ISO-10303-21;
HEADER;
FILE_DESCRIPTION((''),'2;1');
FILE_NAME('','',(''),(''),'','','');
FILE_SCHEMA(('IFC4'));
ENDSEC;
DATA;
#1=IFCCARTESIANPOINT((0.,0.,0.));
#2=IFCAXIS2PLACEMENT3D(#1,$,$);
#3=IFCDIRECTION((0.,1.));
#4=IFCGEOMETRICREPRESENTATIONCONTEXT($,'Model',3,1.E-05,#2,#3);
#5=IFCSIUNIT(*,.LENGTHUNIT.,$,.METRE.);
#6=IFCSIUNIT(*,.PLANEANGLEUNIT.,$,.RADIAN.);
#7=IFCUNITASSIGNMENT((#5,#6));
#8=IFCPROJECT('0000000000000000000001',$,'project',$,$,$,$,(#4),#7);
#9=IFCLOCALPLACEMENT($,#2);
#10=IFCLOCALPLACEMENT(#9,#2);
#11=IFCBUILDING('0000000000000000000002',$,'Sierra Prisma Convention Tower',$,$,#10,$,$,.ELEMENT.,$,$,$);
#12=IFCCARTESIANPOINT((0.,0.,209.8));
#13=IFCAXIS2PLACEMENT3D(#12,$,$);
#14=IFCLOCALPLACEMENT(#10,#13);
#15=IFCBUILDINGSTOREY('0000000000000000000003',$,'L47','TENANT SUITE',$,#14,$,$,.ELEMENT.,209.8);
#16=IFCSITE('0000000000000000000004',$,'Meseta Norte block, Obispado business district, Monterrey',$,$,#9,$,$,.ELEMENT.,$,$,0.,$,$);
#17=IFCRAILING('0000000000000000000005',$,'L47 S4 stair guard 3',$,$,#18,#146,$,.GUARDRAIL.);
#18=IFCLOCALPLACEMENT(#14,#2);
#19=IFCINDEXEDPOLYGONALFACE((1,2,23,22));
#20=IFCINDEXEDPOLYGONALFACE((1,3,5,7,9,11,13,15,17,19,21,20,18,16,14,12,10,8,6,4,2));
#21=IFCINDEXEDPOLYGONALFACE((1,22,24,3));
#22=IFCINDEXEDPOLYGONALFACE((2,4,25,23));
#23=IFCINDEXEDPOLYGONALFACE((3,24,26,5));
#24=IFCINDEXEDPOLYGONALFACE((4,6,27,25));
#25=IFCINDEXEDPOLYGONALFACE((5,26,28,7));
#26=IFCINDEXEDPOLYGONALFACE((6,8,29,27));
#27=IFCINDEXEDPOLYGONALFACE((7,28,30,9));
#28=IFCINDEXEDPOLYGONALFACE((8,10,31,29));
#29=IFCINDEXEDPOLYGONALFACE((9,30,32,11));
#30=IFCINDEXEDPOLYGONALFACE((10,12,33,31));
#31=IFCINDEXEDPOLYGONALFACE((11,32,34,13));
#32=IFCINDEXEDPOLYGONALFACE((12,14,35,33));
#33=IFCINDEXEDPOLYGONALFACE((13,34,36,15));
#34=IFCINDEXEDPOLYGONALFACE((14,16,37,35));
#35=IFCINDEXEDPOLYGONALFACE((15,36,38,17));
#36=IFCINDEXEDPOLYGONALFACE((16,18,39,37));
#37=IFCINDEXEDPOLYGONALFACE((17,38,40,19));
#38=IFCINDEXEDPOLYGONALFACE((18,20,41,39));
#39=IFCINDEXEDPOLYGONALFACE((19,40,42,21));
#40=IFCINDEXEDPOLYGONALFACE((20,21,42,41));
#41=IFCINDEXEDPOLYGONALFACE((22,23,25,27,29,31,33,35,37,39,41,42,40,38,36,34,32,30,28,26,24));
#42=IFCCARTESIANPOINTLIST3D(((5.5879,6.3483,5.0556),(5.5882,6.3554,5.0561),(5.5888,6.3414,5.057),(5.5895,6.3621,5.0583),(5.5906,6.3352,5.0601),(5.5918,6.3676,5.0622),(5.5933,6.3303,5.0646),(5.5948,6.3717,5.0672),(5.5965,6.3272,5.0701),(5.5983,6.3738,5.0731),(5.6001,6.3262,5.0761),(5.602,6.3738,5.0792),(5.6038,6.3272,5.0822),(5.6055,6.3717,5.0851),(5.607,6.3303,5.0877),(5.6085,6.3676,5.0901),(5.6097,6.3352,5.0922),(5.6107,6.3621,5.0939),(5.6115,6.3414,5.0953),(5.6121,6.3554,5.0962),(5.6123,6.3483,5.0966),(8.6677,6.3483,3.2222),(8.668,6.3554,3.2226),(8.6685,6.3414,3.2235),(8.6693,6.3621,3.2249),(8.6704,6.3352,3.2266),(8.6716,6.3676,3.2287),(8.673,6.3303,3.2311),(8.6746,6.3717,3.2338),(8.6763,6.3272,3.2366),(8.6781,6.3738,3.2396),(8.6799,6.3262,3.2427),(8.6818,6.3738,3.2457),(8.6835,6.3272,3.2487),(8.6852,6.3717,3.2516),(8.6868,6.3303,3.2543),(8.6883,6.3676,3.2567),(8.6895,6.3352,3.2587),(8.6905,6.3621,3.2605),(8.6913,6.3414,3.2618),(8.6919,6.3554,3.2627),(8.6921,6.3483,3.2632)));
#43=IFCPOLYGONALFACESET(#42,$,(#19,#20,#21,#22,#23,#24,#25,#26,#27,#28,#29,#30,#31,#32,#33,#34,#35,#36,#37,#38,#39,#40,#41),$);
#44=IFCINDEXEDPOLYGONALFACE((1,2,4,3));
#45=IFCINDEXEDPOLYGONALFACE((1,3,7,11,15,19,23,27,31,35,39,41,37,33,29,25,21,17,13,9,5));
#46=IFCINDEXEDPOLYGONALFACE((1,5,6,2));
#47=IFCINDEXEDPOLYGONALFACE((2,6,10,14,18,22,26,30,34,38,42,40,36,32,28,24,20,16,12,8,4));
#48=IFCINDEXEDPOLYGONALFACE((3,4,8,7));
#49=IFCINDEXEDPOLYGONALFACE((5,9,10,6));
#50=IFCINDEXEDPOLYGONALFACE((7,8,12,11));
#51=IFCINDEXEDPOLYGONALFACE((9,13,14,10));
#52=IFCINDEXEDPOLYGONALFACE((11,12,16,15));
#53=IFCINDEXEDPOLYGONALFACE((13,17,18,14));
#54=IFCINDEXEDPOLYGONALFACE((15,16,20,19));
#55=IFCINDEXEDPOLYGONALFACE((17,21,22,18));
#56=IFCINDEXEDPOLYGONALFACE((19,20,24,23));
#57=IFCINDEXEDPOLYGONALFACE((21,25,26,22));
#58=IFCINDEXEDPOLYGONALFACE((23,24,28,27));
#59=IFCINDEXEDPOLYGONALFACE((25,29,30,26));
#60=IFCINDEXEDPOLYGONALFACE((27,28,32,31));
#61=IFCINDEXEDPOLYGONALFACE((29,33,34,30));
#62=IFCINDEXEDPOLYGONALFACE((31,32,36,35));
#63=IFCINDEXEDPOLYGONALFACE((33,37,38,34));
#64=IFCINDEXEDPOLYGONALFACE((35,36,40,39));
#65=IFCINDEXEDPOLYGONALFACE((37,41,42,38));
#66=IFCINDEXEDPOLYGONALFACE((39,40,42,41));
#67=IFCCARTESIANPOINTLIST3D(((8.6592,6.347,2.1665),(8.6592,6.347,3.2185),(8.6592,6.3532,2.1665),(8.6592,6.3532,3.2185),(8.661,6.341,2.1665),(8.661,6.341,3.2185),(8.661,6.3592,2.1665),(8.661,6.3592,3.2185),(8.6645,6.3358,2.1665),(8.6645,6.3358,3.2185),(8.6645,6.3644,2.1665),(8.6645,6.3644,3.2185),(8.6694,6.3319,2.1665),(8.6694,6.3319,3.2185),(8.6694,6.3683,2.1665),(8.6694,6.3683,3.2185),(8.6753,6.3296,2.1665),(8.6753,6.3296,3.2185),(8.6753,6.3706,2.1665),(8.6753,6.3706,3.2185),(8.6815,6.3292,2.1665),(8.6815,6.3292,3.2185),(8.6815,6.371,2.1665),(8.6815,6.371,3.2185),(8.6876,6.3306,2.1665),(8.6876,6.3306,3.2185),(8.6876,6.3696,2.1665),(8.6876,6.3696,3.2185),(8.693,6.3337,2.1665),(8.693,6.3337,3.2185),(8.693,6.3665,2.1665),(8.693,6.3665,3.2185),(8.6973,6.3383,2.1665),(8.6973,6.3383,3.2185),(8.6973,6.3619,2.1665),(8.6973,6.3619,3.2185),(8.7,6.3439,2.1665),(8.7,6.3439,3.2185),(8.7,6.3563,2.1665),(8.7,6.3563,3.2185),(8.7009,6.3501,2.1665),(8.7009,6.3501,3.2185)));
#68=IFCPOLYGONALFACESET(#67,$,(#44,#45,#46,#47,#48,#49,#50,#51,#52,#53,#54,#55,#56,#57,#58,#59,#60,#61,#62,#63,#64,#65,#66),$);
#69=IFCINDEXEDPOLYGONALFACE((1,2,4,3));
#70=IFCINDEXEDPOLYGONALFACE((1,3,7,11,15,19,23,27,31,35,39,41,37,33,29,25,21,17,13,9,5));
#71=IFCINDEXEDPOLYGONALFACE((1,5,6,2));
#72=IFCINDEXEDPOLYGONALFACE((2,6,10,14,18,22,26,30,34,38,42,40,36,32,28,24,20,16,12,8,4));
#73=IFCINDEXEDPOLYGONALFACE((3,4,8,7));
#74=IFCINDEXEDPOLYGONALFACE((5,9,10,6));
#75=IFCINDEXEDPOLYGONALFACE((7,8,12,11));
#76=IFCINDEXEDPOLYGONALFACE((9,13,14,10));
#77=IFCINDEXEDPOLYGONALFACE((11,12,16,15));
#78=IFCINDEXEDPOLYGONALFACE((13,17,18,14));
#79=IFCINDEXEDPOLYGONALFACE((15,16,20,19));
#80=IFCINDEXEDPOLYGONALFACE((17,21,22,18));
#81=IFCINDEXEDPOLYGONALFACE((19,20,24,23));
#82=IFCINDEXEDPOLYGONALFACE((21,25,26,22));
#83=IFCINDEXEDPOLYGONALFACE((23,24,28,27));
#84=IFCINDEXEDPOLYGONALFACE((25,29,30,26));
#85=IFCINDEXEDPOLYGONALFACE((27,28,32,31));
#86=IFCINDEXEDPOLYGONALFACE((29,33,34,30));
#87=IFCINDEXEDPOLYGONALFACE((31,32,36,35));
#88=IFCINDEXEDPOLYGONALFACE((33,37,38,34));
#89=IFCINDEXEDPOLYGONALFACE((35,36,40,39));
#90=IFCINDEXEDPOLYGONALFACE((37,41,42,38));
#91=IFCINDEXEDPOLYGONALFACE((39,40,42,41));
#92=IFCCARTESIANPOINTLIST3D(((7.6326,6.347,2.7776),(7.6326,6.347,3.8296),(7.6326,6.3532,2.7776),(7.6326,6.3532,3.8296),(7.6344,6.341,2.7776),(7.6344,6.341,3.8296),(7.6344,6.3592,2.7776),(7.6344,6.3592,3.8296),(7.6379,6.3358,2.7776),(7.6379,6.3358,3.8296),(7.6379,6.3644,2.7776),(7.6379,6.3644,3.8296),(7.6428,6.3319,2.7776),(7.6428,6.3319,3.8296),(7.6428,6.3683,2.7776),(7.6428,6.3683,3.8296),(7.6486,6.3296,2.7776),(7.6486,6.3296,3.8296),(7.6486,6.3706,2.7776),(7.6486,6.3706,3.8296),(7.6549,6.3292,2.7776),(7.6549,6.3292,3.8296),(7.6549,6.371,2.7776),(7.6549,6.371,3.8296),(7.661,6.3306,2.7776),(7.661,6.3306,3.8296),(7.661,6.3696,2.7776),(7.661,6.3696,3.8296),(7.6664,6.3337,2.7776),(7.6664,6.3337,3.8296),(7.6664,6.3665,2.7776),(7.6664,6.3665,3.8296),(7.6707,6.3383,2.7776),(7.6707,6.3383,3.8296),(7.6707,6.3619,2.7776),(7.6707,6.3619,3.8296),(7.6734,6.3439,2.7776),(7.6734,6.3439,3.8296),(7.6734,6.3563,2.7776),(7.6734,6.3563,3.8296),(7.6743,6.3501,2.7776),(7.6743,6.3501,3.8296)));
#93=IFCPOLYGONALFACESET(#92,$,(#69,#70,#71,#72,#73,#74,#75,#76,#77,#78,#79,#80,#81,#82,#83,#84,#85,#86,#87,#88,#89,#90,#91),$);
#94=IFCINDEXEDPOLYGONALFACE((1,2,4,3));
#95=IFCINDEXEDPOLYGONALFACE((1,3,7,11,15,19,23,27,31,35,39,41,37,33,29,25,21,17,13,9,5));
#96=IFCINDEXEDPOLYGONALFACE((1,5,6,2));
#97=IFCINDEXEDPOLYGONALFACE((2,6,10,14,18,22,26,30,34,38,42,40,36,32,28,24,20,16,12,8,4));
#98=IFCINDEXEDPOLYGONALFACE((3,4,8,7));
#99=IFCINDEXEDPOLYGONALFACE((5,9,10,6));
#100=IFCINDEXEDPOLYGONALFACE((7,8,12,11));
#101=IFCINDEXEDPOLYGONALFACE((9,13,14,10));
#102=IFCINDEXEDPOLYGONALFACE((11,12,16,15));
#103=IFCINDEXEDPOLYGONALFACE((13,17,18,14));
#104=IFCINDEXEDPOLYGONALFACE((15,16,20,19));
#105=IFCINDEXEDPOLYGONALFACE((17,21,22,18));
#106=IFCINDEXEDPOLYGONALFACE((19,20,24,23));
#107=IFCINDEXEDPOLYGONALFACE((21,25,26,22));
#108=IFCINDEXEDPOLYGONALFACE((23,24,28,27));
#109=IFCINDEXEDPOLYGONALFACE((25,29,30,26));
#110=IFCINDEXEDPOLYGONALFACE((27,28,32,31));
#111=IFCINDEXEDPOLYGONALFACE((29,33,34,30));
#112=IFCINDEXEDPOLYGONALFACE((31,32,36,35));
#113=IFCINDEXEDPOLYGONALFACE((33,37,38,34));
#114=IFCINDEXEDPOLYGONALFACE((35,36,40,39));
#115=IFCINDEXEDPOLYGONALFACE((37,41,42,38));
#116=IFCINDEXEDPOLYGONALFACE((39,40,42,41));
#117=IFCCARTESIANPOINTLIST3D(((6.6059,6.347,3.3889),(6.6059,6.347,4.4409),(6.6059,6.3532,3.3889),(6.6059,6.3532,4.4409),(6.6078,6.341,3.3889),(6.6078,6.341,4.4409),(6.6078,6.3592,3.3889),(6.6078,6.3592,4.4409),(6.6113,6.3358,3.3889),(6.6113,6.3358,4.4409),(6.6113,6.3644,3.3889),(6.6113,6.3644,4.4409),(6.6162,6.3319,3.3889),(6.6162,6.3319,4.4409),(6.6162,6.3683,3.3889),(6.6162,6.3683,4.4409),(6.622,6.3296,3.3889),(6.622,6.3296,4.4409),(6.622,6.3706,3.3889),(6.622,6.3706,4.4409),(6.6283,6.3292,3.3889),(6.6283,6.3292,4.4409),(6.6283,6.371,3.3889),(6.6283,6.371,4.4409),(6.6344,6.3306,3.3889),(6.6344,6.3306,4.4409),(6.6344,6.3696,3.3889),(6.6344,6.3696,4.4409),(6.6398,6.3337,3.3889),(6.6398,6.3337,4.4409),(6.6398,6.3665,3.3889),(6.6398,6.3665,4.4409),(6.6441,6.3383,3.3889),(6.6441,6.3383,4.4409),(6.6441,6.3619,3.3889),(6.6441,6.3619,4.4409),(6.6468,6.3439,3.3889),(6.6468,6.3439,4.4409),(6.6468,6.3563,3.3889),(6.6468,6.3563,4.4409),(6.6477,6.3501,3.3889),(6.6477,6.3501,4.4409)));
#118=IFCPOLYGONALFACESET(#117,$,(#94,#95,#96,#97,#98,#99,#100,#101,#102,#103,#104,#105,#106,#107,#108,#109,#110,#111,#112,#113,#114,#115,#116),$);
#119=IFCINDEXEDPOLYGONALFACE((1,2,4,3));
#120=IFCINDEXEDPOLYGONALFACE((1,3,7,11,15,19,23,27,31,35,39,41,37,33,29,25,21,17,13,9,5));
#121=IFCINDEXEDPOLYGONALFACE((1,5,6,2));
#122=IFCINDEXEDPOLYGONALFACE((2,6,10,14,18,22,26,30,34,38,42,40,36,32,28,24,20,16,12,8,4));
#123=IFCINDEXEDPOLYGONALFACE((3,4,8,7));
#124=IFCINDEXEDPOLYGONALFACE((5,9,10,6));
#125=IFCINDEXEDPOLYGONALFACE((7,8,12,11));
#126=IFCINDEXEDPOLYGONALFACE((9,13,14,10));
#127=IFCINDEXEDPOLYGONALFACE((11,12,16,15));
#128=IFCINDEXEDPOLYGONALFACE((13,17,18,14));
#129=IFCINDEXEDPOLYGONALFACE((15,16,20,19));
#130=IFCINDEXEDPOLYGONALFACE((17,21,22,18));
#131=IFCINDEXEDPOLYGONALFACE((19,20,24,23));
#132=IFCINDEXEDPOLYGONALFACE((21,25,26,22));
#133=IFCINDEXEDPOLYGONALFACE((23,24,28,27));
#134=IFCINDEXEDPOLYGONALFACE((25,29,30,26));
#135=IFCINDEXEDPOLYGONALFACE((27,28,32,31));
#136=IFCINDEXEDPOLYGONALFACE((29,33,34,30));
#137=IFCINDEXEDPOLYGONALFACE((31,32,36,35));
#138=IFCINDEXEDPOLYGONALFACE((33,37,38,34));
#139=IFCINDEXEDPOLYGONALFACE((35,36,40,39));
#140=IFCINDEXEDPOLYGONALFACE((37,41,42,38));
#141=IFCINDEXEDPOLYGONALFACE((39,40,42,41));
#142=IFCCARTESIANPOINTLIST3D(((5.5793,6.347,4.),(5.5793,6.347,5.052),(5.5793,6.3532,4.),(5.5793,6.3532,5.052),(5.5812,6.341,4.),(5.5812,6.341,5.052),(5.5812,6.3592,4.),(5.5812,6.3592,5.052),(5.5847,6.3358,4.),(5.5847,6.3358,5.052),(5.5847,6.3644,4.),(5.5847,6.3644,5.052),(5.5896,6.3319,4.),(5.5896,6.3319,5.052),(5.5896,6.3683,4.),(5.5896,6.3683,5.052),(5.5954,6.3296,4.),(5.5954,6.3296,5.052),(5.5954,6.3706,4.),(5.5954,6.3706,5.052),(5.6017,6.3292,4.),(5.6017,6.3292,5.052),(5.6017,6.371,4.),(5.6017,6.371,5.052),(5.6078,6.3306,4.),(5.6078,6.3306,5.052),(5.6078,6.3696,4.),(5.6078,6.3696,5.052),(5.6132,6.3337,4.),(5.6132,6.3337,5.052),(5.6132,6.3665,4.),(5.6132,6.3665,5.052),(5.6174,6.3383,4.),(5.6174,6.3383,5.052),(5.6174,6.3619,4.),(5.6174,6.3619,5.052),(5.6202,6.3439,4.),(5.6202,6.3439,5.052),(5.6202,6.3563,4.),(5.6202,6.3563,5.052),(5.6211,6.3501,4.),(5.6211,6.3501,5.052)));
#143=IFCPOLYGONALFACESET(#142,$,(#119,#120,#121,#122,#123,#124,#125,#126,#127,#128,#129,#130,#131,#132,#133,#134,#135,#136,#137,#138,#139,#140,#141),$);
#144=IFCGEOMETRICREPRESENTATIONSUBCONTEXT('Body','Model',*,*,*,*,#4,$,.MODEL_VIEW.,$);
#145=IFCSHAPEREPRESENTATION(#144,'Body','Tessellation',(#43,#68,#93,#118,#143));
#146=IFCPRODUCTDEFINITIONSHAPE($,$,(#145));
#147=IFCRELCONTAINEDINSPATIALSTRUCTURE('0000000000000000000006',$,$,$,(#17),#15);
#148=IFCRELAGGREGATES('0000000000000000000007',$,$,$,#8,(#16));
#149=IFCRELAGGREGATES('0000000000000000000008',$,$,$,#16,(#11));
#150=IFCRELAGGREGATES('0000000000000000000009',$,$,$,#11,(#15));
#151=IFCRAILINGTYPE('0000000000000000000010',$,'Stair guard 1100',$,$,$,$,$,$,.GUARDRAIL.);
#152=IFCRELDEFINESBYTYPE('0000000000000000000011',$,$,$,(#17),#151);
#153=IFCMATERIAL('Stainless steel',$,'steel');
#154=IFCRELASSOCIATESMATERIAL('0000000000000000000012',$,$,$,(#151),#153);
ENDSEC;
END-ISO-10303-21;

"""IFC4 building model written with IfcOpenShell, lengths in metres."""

from ifc_helpers import new_model, si_unit, direction, frame, origin, origin_2d, place, context, subcontext, project, spatial, circle, extrude, material, type_object, element, save


model = new_model("IFC4")

# Units and contexts
model_context = context("Model", 3, precision=1e-05, world=origin(), true_north=direction((0.0, 1.0)))
body_context = subcontext(model_context, "Body", "Model", "MODEL_VIEW")
ifc_project = project(units=[si_unit("LENGTHUNIT", "METRE"), si_unit("PLANEANGLEUNIT", "RADIAN")], contexts=[model_context])

# Site, building, storey
site_placement = place(None, origin())
site = spatial("IfcSite", under=ifc_project, at=site_placement, Name="Meseta Norte block, Obispado business district, Monterrey", CompositionType="ELEMENT", RefElevation=0.0)
building_placement = place(site_placement, origin())
building = spatial("IfcBuilding", under=site, at=building_placement, Name="Sierra Prisma Convention Tower", CompositionType="ELEMENT")
storey_placement = place(building_placement, frame((0.0, 0.0, 209.8)))
storey = spatial("IfcBuildingStorey", under=building, at=storey_placement, Name="L47", Description="TENANT SUITE", CompositionType="ELEMENT", Elevation=209.8)

# Railing
ifc_material_1 = material(Name="Stainless steel", Category="steel")
railing_type_1 = type_object("IfcRailingType", Name="Stair guard 1100", PredefinedType="GUARDRAIL", material=ifc_material_1)
railing_1_placement = place(storey_placement, frame((8.6799, 6.3501, 2.1665)))
element("IfcRailing", 1, at=railing_1_placement, inside=storey, type_object=railing_type_1, Name="L47 S4 stair guard 3", PredefinedType="GUARDRAIL", context=body_context, shape_type="SweptSolid", body=[
    extrude(circle(Radius=0.0239, at=origin_2d()), frame((0.0, 0.0, 1.0762), z_axis=(-0.859261, 0.0, 0.511538), x_axis=(0.0, -1.0, 0.0)), (0.0, 0.0, 1.0), 3.5842),
    extrude(circle(Radius=0.021, at=origin_2d()), origin(), (0.0, 0.0, 1.0), 1.052),
    extrude(circle(Radius=0.021, at=origin_2d()), frame((-1.0266, 0.0, 0.6111)), (0.0, 0.0, 1.0), 1.052),
    extrude(circle(Radius=0.021, at=origin_2d()), frame((-2.0532, 0.0, 1.2224)), (0.0, 0.0, 1.0), 1.052),
    extrude(circle(Radius=0.021, at=origin_2d()), frame((-3.0798, 0.0, 1.8335)), (0.0, 0.0, 1.0), 1.052),
])

save(model, "model.ifc")
